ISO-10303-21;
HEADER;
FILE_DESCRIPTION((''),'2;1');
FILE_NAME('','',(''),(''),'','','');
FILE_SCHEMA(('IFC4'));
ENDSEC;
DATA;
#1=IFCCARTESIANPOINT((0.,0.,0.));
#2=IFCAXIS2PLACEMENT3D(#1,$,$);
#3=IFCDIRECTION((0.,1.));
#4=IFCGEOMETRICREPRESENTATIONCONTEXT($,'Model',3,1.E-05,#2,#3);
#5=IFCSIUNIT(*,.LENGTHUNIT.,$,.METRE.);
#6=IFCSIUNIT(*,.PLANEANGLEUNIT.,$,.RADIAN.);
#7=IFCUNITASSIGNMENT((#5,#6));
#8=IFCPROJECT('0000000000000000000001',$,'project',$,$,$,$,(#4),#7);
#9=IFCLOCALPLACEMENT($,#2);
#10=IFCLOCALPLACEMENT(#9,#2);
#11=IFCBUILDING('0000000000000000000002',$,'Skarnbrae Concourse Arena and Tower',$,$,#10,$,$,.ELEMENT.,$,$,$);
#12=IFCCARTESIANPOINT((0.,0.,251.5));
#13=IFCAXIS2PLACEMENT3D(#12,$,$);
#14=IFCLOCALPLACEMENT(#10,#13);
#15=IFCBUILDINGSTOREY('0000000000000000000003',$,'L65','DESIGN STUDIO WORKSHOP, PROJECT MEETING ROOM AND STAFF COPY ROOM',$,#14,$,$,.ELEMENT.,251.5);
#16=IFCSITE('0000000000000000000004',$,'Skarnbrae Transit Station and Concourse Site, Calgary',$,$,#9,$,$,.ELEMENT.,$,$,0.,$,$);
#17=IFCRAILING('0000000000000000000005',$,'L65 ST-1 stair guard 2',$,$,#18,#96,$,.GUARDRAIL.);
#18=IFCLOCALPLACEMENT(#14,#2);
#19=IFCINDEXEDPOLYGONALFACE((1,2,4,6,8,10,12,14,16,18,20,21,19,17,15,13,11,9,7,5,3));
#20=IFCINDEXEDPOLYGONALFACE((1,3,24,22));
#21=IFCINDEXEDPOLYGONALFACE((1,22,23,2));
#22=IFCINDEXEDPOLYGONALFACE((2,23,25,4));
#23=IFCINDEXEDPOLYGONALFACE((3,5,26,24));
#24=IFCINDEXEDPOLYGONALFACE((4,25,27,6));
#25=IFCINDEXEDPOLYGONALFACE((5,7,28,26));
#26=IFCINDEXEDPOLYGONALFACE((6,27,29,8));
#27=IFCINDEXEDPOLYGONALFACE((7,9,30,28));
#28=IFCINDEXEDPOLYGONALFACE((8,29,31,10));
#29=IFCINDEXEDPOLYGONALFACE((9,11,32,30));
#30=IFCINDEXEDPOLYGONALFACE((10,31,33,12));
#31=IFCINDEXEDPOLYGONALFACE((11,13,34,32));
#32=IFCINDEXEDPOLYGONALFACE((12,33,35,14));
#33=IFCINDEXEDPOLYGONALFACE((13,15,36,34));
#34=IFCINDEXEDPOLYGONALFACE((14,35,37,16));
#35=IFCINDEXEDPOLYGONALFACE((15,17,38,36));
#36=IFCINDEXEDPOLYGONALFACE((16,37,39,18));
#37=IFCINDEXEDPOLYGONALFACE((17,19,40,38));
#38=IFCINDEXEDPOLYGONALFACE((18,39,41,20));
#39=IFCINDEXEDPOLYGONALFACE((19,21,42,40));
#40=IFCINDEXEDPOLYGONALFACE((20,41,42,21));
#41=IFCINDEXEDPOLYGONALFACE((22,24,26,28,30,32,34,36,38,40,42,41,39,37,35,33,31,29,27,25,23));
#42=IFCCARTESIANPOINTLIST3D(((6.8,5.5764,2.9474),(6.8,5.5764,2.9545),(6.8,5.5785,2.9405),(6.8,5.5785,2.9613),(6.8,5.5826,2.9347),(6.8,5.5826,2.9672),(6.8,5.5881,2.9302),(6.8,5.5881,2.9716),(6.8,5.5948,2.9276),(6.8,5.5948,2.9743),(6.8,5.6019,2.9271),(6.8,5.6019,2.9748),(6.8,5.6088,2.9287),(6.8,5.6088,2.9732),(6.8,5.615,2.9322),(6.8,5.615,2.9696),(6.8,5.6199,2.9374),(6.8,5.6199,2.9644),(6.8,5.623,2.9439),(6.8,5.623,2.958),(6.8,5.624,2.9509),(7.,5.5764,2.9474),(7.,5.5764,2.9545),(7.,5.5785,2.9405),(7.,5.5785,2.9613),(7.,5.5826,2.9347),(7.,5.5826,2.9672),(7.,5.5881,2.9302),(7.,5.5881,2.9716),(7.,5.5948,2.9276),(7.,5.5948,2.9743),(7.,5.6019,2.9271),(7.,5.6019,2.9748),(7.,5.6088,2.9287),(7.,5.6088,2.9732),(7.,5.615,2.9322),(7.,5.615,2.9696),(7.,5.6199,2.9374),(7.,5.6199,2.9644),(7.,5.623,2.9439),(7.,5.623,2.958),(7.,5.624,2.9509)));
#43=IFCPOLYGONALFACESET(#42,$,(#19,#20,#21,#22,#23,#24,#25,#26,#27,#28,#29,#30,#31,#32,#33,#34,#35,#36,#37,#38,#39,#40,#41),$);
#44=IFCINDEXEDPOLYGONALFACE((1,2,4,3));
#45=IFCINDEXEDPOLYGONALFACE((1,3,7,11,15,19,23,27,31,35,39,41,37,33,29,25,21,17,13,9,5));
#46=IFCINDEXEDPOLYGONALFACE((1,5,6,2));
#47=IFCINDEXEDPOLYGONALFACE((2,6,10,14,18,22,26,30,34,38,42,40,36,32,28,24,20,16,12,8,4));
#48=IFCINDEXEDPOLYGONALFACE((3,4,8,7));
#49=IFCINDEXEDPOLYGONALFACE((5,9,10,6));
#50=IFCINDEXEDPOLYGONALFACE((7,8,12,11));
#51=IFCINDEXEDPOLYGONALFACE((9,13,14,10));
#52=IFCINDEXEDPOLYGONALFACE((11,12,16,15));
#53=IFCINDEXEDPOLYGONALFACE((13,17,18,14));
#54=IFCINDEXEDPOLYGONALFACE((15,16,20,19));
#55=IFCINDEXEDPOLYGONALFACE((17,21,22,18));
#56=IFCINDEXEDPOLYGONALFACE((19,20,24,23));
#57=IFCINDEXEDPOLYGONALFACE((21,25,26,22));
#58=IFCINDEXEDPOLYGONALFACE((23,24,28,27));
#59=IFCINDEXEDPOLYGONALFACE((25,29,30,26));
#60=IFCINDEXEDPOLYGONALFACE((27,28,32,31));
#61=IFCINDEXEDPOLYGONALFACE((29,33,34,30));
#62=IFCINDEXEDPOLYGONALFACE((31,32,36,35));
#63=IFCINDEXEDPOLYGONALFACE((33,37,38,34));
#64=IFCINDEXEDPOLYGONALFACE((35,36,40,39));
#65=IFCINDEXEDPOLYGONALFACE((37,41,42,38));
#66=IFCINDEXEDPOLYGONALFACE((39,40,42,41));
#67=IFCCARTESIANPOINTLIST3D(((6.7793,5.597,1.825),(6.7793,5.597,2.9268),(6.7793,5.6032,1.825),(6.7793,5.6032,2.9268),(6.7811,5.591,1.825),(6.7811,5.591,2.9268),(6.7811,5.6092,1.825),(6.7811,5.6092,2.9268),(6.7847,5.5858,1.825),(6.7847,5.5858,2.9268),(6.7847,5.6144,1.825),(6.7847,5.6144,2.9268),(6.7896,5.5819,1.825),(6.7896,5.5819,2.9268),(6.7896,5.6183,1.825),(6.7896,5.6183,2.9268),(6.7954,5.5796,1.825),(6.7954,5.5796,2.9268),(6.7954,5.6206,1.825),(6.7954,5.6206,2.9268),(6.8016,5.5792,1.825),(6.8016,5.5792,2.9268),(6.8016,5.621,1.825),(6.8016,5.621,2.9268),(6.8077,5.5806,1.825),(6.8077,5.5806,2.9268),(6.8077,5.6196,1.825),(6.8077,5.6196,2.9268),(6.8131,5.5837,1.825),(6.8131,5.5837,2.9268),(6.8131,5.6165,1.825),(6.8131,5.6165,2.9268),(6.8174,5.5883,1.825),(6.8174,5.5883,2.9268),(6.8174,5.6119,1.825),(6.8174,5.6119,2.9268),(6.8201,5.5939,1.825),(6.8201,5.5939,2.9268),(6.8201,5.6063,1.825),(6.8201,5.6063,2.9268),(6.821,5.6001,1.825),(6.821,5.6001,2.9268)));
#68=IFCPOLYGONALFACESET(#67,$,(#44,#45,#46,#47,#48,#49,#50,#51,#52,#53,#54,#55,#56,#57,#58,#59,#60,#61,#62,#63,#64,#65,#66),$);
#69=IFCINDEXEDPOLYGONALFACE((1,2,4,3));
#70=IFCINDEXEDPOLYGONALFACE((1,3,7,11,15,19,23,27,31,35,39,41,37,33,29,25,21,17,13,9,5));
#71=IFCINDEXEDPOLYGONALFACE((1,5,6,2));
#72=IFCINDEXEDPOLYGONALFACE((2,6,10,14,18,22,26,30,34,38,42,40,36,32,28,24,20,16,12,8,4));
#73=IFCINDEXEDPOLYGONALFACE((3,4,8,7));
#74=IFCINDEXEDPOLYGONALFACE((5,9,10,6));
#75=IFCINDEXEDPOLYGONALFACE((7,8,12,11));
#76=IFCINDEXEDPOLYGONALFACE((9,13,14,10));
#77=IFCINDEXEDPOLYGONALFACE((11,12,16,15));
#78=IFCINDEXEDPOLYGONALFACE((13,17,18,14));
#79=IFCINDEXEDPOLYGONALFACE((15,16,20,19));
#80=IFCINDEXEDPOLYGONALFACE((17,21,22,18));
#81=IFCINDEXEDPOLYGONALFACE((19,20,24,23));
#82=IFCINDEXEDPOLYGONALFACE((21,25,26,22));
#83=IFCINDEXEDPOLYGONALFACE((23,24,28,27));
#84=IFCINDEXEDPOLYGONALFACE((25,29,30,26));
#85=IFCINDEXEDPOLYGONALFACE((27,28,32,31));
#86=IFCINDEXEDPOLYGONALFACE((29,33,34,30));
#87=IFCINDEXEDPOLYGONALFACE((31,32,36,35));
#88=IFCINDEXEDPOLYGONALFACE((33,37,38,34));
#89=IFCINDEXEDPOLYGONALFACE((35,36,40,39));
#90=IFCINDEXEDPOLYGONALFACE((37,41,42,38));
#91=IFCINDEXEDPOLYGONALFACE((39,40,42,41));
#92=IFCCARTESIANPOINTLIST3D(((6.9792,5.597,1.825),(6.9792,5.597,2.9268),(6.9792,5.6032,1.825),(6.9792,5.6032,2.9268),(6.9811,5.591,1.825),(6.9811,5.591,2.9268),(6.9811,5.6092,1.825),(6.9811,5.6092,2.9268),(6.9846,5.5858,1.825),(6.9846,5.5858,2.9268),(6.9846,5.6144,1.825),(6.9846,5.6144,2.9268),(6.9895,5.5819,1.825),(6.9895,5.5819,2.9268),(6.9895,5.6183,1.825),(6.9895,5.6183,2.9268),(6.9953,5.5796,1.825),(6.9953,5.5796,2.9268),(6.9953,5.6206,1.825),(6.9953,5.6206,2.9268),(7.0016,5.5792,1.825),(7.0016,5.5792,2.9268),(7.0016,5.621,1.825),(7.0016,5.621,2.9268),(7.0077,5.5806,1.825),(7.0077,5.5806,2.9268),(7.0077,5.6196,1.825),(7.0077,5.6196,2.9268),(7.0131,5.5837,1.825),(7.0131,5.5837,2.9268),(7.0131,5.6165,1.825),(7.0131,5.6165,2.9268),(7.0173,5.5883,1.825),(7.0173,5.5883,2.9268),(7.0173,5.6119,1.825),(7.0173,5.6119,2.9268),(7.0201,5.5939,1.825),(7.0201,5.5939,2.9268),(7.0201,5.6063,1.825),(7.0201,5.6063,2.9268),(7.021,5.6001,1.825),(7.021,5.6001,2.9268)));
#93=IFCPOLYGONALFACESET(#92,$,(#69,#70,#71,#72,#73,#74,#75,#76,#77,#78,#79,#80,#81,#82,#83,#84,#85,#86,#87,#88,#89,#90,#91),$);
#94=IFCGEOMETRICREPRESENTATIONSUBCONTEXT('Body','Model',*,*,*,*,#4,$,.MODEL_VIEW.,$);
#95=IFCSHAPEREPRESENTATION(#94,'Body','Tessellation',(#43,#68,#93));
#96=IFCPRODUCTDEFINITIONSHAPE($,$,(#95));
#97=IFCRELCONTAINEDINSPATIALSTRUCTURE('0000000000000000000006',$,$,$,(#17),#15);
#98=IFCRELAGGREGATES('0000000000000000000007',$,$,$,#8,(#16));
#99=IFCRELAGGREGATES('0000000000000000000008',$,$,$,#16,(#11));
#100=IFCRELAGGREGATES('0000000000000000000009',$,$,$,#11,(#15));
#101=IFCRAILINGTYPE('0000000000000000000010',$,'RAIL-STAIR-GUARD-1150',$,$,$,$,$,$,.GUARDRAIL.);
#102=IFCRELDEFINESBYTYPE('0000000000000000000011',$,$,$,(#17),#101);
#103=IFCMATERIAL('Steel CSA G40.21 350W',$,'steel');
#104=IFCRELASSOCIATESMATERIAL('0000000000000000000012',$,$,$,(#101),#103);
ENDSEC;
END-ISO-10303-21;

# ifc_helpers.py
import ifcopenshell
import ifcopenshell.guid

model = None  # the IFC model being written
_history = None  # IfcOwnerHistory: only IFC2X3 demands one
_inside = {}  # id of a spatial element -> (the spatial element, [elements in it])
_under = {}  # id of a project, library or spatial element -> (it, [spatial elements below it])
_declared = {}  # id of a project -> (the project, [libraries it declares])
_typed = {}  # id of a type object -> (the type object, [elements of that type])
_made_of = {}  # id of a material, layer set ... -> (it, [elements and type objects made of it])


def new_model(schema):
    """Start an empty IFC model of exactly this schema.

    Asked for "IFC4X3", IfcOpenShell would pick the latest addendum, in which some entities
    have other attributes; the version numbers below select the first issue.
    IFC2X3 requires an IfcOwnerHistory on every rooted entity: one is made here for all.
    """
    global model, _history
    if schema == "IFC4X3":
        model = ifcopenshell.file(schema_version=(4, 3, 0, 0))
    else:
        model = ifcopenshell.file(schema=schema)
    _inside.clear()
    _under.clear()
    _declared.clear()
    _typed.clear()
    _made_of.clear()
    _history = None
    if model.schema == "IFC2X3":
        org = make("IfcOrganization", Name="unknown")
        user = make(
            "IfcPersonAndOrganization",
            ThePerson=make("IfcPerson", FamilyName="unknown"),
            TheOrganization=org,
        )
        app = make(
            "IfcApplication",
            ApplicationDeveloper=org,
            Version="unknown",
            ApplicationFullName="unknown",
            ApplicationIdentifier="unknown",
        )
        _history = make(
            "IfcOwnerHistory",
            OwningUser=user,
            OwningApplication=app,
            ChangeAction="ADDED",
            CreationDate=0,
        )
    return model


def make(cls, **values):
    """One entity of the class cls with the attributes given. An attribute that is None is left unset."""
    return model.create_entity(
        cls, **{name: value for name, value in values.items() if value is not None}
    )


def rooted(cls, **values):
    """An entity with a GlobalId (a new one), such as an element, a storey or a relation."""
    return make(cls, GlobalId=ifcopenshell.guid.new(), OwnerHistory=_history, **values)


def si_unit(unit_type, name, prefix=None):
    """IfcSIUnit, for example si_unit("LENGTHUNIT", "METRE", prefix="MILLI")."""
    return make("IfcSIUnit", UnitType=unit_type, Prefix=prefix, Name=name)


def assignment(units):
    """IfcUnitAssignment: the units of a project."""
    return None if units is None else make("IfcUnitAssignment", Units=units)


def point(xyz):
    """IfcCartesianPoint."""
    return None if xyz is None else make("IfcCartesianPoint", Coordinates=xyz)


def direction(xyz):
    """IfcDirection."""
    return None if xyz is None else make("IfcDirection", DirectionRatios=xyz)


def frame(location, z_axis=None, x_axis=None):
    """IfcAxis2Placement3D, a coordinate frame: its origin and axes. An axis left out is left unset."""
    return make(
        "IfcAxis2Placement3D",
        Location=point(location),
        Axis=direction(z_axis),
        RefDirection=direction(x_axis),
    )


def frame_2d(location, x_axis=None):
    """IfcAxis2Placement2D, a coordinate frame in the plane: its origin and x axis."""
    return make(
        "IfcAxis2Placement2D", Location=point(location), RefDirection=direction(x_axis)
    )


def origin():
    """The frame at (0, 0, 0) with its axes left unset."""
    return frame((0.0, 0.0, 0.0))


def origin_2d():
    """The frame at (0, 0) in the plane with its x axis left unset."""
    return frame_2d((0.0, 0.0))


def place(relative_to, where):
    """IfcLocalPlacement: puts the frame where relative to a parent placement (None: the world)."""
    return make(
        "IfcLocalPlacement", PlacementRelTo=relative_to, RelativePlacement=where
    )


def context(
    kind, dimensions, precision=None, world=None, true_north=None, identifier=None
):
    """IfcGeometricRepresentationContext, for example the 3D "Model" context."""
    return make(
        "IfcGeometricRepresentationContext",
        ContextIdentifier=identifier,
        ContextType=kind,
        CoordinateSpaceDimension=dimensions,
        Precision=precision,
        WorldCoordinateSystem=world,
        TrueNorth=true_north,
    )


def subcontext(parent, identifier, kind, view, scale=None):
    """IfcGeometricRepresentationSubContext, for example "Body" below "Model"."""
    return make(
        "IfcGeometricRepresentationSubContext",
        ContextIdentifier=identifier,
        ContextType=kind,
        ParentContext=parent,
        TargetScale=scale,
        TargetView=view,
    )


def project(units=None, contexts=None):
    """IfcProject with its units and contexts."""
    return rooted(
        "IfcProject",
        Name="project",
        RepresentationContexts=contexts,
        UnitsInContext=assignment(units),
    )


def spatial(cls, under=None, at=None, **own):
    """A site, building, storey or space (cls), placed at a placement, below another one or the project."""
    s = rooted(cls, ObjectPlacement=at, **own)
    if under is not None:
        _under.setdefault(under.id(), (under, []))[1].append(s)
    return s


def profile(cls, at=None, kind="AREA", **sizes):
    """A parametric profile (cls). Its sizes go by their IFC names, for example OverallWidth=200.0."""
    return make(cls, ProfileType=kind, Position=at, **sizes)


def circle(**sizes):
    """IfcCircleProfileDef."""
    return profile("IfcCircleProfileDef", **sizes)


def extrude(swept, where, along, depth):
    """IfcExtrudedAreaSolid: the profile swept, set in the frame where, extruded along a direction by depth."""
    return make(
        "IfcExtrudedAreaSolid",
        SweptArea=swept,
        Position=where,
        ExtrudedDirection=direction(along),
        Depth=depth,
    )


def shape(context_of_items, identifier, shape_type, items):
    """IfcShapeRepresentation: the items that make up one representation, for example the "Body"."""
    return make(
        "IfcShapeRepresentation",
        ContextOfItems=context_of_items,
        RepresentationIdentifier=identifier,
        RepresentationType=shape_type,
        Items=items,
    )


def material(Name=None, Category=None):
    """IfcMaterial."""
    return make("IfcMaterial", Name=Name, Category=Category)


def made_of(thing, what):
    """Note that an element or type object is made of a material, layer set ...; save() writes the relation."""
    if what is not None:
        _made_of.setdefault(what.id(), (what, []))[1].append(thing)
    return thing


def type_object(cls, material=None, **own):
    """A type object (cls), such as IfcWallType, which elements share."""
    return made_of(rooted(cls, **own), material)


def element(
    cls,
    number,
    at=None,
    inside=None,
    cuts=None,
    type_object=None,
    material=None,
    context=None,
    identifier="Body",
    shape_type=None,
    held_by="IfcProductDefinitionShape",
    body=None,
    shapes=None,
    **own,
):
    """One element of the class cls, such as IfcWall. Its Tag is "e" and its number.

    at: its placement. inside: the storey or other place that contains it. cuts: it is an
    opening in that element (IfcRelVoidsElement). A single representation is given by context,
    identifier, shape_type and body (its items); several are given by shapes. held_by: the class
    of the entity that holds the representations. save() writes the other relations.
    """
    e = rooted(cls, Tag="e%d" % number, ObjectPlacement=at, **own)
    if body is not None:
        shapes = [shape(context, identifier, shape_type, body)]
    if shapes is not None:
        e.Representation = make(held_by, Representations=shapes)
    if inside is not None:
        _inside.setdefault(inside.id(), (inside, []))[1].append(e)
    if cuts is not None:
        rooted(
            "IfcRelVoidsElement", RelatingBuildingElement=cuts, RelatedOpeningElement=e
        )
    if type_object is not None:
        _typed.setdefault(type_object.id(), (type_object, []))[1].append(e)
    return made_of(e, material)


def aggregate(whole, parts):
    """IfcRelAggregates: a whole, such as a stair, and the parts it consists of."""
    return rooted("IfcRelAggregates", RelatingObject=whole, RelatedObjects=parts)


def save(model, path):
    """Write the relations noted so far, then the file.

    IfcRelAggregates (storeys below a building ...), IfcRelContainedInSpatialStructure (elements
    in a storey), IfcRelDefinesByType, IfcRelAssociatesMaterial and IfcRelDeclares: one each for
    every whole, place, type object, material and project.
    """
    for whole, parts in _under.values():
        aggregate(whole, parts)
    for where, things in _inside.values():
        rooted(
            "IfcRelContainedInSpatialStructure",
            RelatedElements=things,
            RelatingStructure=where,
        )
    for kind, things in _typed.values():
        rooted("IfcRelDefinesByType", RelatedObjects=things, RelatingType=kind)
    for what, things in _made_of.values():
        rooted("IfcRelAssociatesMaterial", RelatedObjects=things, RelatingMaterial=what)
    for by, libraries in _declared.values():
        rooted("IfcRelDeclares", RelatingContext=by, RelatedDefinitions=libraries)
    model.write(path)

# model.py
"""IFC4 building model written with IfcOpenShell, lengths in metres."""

from ifc_helpers import new_model, si_unit, direction, frame, origin, origin_2d, place, context, subcontext, project, spatial, circle, extrude, material, type_object, element, save


model = new_model("IFC4")

# Units and contexts
model_context = context("Model", 3, precision=1e-05, world=origin(), true_north=direction((0.0, 1.0)))
body_context = subcontext(model_context, "Body", "Model", "MODEL_VIEW")
ifc_project = project(units=[si_unit("LENGTHUNIT", "METRE"), si_unit("PLANEANGLEUNIT", "RADIAN")], contexts=[model_context])

# Site, building, storey
site_placement = place(None, origin())
site = spatial("IfcSite", under=ifc_project, at=site_placement, Name="Skarnbrae Transit Station and Concourse Site, Calgary", CompositionType="ELEMENT", RefElevation=0.0)
building_placement = place(site_placement, origin())
building = spatial("IfcBuilding", under=site, at=building_placement, Name="Skarnbrae Concourse Arena and Tower", CompositionType="ELEMENT")
storey_placement = place(building_placement, frame((0.0, 0.0, 251.5)))
storey = spatial("IfcBuildingStorey", under=building, at=storey_placement, Name="L65", Description="DESIGN STUDIO WORKSHOP, PROJECT MEETING ROOM AND STAFF COPY ROOM", CompositionType="ELEMENT", Elevation=251.5)

# Shared definitions
ifc_material_1 = material(Name="Steel CSA G40.21 350W", Category="steel")

# Railing
railing_type_1 = type_object("IfcRailingType", Name="RAIL-STAIR-GUARD-1150", PredefinedType="GUARDRAIL", material=ifc_material_1)
railing_1_placement = place(storey_placement, frame((6.8, 5.6001, 1.825)))
element("IfcRailing", 1, at=railing_1_placement, inside=storey, type_object=railing_type_1, Name="L65 ST-1 stair guard 2", PredefinedType="GUARDRAIL", context=body_context, shape_type="SweptSolid", body=[
    extrude(circle(Radius=0.0239, at=origin_2d()), frame((0.0, 0.0, 1.126), z_axis=(1.0, 0.0, 0.0), x_axis=(0.0, 1.0, 0.0)), (0.0, 0.0, 1.0), 0.2),
    extrude(circle(Radius=0.021, at=origin_2d()), origin(), (0.0, 0.0, 1.0), 1.1018),
    extrude(circle(Radius=0.021, at=origin_2d()), frame((0.2, 0.0, 0.0)), (0.0, 0.0, 1.0), 1.1018),
])

save(model, "model.ifc")
